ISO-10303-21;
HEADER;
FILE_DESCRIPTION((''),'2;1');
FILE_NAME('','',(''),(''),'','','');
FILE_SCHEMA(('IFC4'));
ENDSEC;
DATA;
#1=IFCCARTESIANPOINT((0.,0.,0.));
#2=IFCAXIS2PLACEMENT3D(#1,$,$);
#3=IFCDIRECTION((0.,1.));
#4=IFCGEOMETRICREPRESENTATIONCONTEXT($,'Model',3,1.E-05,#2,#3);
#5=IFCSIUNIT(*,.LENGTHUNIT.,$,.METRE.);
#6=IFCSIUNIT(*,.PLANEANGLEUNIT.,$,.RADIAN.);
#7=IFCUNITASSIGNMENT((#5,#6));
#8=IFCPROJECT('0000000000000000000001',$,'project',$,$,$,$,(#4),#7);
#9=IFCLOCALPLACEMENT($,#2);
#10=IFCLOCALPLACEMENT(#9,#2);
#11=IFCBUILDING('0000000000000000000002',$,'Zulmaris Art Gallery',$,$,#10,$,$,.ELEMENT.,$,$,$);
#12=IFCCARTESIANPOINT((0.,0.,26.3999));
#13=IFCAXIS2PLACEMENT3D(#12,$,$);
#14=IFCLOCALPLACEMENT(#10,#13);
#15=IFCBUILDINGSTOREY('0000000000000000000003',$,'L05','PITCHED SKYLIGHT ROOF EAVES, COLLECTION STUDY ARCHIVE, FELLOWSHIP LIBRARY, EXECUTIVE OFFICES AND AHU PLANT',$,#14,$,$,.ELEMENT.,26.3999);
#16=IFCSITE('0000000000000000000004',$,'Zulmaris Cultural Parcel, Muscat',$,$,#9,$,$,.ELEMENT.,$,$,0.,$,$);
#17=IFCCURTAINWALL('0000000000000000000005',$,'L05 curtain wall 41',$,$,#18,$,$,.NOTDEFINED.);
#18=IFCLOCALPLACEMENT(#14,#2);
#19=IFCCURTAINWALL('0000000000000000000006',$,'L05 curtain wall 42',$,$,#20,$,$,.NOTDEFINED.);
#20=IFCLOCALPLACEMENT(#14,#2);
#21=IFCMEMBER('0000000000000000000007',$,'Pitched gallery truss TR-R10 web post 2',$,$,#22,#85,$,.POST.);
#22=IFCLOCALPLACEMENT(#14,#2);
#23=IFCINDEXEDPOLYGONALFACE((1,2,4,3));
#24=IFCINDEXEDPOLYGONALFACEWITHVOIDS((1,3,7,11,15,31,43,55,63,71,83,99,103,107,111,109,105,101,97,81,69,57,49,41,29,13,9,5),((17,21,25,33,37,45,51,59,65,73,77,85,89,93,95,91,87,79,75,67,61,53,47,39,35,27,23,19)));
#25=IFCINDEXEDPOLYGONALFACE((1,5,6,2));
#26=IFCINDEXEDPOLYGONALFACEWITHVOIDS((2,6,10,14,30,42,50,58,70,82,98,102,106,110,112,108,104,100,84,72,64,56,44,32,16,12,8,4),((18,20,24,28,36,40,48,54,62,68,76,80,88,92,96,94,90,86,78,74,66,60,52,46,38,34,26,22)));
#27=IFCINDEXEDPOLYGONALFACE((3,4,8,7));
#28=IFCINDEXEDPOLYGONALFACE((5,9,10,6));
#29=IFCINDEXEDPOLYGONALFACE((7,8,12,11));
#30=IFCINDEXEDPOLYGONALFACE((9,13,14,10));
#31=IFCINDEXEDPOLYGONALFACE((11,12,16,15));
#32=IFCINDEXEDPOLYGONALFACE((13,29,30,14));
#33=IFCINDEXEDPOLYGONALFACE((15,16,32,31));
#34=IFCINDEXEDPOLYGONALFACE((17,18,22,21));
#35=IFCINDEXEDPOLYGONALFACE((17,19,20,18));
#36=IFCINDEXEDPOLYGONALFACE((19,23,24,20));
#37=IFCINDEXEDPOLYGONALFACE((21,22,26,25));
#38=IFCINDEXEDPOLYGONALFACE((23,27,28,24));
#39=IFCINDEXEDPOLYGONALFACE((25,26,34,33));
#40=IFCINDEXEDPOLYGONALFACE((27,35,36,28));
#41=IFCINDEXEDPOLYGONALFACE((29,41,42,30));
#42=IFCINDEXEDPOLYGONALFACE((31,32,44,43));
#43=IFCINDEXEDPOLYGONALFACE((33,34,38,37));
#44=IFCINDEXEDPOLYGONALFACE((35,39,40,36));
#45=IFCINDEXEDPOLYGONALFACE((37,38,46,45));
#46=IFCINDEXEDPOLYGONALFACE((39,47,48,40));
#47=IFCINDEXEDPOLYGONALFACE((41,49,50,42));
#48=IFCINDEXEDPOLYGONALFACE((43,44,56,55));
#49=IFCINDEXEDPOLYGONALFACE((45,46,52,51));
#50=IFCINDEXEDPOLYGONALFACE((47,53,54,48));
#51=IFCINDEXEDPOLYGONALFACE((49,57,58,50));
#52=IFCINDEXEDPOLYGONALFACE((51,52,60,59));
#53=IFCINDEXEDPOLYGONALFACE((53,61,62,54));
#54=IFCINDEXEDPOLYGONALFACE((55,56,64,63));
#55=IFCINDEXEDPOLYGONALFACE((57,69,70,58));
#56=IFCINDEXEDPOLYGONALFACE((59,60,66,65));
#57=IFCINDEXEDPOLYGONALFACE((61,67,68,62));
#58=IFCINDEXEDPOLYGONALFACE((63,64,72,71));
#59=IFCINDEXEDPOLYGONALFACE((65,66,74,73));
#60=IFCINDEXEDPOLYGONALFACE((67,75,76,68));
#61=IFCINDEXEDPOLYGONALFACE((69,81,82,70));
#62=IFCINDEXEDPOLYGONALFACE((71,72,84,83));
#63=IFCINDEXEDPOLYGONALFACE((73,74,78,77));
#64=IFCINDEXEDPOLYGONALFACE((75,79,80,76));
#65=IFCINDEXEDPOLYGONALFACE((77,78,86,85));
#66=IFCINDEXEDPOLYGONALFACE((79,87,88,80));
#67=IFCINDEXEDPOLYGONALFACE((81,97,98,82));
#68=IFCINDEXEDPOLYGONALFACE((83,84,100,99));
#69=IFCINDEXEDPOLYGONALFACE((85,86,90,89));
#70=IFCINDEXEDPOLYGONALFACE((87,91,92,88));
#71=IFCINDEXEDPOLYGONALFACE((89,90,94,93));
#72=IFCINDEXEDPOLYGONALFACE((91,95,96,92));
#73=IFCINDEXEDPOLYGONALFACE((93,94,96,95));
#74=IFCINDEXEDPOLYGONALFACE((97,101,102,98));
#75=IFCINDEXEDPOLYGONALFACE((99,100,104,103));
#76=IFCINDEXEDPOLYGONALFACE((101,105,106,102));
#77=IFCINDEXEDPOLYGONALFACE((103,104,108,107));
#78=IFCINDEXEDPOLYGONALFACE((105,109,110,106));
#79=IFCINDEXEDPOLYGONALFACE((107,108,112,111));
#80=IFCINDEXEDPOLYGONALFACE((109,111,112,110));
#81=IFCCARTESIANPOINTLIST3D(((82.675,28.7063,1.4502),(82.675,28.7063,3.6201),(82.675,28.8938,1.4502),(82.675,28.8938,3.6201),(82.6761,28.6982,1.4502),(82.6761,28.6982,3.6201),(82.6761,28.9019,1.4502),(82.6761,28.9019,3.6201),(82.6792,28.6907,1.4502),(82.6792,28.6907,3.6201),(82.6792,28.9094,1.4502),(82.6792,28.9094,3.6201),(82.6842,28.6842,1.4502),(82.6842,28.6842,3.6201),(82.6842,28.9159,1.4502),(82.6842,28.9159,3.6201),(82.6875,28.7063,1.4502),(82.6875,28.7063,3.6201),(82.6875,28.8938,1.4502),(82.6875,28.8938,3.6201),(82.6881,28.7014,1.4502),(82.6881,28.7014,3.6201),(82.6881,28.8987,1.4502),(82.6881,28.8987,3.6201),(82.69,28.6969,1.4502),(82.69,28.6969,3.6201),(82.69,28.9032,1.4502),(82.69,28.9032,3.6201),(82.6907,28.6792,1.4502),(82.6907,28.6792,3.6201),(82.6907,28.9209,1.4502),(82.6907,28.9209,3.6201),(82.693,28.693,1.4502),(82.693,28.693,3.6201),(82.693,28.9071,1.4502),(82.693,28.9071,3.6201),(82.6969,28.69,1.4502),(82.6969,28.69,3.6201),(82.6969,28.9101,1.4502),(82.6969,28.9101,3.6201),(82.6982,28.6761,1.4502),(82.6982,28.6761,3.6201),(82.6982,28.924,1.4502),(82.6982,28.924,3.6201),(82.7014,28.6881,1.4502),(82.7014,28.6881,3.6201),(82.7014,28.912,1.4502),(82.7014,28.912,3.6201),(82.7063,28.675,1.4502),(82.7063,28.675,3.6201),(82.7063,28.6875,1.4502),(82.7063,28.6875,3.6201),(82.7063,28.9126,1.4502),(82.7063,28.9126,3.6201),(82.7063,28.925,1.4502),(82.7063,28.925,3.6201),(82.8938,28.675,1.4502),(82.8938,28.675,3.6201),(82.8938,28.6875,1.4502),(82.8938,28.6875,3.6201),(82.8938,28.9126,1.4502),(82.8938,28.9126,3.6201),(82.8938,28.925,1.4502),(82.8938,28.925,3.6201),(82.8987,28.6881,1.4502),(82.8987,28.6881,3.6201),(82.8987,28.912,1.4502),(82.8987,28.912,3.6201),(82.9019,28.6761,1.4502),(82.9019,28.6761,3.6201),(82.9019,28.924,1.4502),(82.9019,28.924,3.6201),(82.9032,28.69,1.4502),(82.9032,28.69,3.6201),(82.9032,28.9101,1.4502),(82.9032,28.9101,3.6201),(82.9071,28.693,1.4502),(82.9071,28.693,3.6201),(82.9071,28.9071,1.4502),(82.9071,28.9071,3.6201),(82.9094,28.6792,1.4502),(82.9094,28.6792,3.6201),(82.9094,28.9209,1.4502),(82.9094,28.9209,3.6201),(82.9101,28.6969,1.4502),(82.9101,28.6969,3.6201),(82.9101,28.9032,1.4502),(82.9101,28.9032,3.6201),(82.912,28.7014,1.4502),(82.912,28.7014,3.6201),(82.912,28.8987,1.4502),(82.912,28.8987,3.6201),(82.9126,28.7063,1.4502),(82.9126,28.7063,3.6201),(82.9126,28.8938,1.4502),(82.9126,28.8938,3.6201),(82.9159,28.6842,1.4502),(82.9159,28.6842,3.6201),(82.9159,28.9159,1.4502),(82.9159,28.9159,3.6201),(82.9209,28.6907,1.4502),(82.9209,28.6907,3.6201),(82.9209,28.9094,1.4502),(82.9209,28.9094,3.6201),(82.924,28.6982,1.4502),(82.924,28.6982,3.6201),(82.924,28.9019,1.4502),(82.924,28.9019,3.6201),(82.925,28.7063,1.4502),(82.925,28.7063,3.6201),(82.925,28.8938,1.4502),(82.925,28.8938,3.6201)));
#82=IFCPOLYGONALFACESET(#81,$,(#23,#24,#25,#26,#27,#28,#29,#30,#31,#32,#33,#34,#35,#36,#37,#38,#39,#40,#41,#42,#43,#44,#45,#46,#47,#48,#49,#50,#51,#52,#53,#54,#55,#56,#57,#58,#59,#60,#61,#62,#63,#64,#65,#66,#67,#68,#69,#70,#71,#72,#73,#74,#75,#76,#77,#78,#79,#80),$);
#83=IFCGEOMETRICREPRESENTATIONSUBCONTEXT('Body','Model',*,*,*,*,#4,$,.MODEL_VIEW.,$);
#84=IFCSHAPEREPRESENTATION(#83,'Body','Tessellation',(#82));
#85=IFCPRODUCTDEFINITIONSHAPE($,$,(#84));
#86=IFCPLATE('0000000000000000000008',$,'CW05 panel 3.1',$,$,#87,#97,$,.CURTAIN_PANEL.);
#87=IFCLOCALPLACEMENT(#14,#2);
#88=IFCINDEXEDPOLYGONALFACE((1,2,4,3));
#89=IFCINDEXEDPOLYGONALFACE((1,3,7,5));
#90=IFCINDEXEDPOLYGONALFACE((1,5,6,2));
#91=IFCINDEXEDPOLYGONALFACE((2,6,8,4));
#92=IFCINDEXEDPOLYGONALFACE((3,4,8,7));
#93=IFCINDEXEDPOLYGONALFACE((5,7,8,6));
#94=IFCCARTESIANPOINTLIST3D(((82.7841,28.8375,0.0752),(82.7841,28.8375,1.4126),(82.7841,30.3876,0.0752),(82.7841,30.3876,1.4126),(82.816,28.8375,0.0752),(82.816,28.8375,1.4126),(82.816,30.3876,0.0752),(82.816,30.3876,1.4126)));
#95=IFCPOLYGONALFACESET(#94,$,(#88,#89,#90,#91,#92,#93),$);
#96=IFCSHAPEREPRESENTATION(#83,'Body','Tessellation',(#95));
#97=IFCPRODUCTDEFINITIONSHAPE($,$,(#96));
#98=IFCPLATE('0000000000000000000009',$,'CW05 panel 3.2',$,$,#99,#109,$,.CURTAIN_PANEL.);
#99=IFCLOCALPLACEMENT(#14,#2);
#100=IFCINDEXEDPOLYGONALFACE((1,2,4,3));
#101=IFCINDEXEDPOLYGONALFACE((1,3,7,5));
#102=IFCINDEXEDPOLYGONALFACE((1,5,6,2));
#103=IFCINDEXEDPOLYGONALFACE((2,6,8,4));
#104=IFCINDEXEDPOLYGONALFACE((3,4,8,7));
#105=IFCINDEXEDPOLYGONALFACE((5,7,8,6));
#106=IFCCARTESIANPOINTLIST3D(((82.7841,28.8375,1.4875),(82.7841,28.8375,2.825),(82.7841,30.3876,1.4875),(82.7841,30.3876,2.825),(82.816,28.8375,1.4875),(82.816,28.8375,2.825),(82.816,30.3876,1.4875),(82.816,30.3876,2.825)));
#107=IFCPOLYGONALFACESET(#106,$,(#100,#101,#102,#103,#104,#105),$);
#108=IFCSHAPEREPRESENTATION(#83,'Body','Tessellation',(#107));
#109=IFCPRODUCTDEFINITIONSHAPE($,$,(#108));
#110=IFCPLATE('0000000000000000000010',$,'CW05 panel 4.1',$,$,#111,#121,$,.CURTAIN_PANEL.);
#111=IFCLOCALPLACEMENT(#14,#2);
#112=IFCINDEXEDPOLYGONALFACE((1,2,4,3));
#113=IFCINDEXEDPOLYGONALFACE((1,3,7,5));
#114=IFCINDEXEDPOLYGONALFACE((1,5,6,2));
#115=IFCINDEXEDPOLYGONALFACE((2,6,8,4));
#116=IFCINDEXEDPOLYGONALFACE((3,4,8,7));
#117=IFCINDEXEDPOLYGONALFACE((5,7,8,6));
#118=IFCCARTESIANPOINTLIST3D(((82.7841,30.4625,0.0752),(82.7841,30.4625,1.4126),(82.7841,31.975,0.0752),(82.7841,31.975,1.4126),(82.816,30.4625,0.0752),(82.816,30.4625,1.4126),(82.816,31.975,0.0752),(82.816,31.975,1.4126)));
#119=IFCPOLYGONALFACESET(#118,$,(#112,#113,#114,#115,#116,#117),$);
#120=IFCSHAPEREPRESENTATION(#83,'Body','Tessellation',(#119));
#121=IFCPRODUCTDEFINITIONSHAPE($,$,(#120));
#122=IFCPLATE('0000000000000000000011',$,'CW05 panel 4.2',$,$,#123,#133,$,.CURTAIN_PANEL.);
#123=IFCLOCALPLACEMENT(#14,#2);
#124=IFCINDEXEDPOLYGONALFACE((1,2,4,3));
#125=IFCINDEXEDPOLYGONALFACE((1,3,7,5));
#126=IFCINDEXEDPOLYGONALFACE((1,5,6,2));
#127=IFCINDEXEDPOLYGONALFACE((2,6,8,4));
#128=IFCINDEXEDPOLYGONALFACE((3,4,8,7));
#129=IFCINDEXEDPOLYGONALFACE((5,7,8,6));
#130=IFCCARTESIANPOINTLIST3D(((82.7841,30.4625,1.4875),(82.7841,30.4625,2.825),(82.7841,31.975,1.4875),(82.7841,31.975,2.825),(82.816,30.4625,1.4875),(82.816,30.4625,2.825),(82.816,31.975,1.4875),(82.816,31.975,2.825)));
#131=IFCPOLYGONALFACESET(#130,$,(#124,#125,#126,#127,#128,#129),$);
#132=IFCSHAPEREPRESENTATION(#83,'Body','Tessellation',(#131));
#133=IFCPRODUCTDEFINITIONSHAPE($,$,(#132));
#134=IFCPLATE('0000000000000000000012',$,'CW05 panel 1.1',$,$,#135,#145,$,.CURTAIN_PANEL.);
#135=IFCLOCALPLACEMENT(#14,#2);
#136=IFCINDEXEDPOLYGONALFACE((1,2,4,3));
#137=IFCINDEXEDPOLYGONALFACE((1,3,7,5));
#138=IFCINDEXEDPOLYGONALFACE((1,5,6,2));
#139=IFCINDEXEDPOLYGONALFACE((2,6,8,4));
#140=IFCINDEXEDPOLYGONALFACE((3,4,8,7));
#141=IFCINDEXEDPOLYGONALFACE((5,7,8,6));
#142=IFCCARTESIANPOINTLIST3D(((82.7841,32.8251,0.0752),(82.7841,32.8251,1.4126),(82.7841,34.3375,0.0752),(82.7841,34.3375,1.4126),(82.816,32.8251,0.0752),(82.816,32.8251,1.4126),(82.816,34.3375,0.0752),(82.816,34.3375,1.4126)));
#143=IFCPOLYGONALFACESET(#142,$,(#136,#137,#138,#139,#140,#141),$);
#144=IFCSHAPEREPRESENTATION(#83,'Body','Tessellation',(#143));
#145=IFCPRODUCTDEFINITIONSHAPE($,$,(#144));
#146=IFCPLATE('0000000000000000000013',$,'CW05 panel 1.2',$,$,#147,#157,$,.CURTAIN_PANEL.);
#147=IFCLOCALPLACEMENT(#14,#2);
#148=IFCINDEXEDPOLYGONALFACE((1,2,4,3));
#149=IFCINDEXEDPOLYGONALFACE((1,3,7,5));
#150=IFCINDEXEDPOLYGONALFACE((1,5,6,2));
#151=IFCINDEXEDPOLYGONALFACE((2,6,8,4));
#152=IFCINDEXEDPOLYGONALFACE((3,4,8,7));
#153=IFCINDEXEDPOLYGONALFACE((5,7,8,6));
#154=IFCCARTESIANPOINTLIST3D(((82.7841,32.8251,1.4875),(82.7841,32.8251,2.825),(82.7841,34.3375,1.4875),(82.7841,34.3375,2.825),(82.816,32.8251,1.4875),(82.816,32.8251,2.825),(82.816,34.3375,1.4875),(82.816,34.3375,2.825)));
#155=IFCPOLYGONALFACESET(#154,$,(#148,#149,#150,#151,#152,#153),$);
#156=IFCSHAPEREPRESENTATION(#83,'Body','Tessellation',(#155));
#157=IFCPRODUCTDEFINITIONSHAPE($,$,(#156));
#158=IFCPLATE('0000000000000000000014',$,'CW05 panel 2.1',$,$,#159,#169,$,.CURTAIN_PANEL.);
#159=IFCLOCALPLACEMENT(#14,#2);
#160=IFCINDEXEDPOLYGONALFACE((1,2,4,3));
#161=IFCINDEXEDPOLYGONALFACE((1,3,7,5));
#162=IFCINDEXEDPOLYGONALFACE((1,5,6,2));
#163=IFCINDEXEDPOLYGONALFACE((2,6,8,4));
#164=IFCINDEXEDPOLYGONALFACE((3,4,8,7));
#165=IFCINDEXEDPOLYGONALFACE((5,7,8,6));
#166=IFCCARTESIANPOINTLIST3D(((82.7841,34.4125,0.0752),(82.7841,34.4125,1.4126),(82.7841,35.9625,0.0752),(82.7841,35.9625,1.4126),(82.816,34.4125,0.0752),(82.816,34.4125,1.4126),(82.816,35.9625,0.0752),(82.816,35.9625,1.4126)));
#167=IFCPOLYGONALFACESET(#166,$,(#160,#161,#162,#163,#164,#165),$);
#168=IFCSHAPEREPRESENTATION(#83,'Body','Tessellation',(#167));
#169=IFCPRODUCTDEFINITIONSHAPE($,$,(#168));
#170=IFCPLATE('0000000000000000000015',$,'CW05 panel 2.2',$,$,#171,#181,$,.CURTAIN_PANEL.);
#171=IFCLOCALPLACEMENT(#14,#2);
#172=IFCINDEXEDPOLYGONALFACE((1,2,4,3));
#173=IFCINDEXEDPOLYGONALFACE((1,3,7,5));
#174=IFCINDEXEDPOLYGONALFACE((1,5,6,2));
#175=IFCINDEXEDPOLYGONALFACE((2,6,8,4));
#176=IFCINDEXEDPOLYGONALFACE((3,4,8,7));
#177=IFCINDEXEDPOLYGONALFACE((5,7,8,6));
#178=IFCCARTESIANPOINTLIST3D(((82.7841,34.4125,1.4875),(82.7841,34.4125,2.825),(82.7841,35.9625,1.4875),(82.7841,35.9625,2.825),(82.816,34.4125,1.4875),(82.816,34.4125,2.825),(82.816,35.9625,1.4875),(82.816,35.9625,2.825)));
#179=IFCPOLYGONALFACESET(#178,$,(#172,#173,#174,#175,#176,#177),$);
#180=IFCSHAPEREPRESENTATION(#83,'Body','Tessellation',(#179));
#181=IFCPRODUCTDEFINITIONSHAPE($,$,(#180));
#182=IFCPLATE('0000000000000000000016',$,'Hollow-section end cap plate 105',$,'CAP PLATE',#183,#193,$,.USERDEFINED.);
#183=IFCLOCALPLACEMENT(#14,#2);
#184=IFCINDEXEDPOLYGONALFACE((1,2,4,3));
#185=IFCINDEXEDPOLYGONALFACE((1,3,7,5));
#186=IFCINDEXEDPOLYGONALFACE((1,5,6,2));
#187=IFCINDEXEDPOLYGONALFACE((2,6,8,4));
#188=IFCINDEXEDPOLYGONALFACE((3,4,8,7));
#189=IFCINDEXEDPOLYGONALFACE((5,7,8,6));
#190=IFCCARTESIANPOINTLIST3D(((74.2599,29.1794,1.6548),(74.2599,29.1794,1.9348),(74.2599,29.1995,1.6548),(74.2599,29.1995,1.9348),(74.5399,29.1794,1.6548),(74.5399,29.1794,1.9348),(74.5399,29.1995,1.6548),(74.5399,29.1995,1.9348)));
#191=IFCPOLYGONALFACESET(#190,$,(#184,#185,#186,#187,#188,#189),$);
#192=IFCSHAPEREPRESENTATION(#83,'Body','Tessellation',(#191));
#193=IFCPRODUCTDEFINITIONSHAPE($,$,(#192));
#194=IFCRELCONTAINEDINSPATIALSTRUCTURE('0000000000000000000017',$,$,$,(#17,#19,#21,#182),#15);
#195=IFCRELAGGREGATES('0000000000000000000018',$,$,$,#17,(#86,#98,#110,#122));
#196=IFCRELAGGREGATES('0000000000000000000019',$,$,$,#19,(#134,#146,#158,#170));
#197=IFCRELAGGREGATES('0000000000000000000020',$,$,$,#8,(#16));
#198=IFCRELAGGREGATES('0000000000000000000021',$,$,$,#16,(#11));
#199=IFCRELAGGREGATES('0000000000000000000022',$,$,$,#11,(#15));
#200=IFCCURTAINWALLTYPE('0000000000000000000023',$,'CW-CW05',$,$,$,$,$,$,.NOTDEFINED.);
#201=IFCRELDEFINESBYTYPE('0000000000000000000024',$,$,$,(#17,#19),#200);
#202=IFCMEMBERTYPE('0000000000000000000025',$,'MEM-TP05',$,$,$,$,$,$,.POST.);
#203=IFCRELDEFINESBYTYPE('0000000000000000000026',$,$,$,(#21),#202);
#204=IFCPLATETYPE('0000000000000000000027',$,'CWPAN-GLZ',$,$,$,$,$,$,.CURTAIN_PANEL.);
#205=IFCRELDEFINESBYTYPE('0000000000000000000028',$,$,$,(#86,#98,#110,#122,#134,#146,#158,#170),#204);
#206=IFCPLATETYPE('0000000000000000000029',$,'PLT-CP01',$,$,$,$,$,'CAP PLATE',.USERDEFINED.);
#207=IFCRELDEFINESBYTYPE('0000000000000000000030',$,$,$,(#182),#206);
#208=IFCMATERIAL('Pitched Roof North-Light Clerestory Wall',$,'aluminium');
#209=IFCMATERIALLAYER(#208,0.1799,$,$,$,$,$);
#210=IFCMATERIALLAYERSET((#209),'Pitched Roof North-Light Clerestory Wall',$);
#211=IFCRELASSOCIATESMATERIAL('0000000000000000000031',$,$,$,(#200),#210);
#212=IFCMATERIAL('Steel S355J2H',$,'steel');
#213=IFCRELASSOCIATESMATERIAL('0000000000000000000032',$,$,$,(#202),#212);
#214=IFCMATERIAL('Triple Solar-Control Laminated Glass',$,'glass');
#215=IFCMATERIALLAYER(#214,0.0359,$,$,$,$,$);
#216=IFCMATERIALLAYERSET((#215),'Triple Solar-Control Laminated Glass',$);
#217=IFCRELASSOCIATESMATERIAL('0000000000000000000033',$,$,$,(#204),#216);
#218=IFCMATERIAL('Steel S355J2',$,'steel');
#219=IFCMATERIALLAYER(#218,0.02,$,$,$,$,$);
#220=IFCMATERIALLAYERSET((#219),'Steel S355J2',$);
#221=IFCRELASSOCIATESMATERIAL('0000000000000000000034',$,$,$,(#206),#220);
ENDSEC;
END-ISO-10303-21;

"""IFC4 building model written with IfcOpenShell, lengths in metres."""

from ifc_helpers import new_model, si_unit, direction, frame, origin, origin_2d, place, context, subcontext, project, spatial, rectangle, hollow_rectangle, extrude, material, layer, layer_set, material_profile, profile_set, type_object, element, aggregate, save


model = new_model("IFC4")

# Units and contexts
model_context = context("Model", 3, precision=1e-05, world=origin(), true_north=direction((0.0, 1.0)))
body_context = subcontext(model_context, "Body", "Model", "MODEL_VIEW")
ifc_project = project(units=[si_unit("LENGTHUNIT", "METRE"), si_unit("PLANEANGLEUNIT", "RADIAN")], contexts=[model_context])

# Site, building, storey
site_placement = place(None, origin())
site = spatial("IfcSite", under=ifc_project, at=site_placement, Name="Zulmaris Cultural Parcel, Muscat", CompositionType="ELEMENT", RefElevation=0.0)
building_placement = place(site_placement, origin())
building = spatial("IfcBuilding", under=site, at=building_placement, Name="Zulmaris Art Gallery", CompositionType="ELEMENT")
storey_placement = place(building_placement, frame((0.0, 0.0, 26.3999)))
storey = spatial("IfcBuildingStorey", under=building, at=storey_placement, Name="L05", Description="PITCHED SKYLIGHT ROOF EAVES, COLLECTION STUDY ARCHIVE, FELLOWSHIP LIBRARY, EXECUTIVE OFFICES AND AHU PLANT", CompositionType="ELEMENT", Elevation=26.3999)

# Curtain walls
ifc_material_1 = material(Name="Pitched Roof North-Light Clerestory Wall", Category="aluminium")
ifc_layer_1 = layer(ifc_material_1, 0.1799)
ifc_layer_set_1 = layer_set([ifc_layer_1], Name="Pitched Roof North-Light Clerestory Wall")
curtain_wall_type = type_object("IfcCurtainWallType", Name="CW-CW05", PredefinedType="NOTDEFINED", material=ifc_layer_set_1)
curtain_wall_1_placement = place(storey_placement, origin())
curtain_wall_1 = element("IfcCurtainWall", 1, at=curtain_wall_1_placement, inside=storey, type_object=curtain_wall_type, Name="L05 curtain wall 41", PredefinedType="NOTDEFINED")
curtain_wall_2_placement = place(storey_placement, origin())
curtain_wall_2 = element("IfcCurtainWall", 2, at=curtain_wall_2_placement, inside=storey, type_object=curtain_wall_type, Name="L05 curtain wall 42", PredefinedType="NOTDEFINED")

# Member
ifc_material_2 = material(Name="Steel S355J2H", Category="steel")
ifc_material_profile_1 = material_profile(ifc_material_2, hollow_rectangle(XDim=0.25, YDim=0.25, WallThickness=0.0125, InnerFilletRadius=0.0188, OuterFilletRadius=0.0312, at=origin_2d()), Name="SHS 250x250x12.5")
ifc_profile_set_1 = profile_set([ifc_material_profile_1], Name="Steel S355J2H")
member_type_1 = type_object("IfcMemberType", Name="MEM-TP05", PredefinedType="POST", material=ifc_profile_set_1)
member_1_placement = place(storey_placement, frame((82.8, 28.8, 1.4502), z_axis=(0.0, 0.0, 1.0), x_axis=(1.0, 0.0, 0.0)))
element("IfcMember", 3, at=member_1_placement, inside=storey, type_object=member_type_1, Name="Pitched gallery truss TR-R10 web post 2", PredefinedType="POST", context=body_context, shape_type="SweptSolid", body=[
    extrude(hollow_rectangle(XDim=0.25, YDim=0.25, WallThickness=0.0125, InnerFilletRadius=0.0188, OuterFilletRadius=0.0312, at=origin_2d()), origin(), (0.0, 0.0, 1.0), 2.1699),
])

# Plates
ifc_material_3 = material(Name="Triple Solar-Control Laminated Glass", Category="glass")
ifc_layer_2 = layer(ifc_material_3, 0.0359)
ifc_layer_set_2 = layer_set([ifc_layer_2], Name="Triple Solar-Control Laminated Glass")
plate_type_1 = type_object("IfcPlateType", Name="CWPAN-GLZ", PredefinedType="CURTAIN_PANEL", material=ifc_layer_set_2)
plate_1_placement = place(storey_placement, frame((82.8, 29.6125, 0.0752), z_axis=(0.0, 0.0, 1.0), x_axis=(0.0, 1.0, 0.0)))
plate_1 = element("IfcPlate", 4, at=plate_1_placement, type_object=plate_type_1, Name="CW05 panel 3.1", PredefinedType="CURTAIN_PANEL", context=body_context, shape_type="SweptSolid", body=[
    extrude(rectangle(XDim=1.55, YDim=0.032, at=origin_2d()), origin(), (0.0, 0.0, 1.0), 1.3374),
])
plate_2_placement = place(storey_placement, frame((82.8, 29.6125, 1.4875), z_axis=(0.0, 0.0, 1.0), x_axis=(0.0, 1.0, 0.0)))
plate_2 = element("IfcPlate", 5, at=plate_2_placement, type_object=plate_type_1, Name="CW05 panel 3.2", PredefinedType="CURTAIN_PANEL", context=body_context, shape_type="SweptSolid", body=[
    extrude(rectangle(XDim=1.55, YDim=0.032, at=origin_2d()), origin(), (0.0, 0.0, 1.0), 1.3374),
])
plate_3_placement = place(storey_placement, frame((82.8, 31.2188, 0.0752), z_axis=(0.0, 0.0, 1.0), x_axis=(0.0, 1.0, 0.0)))
plate_3 = element("IfcPlate", 6, at=plate_3_placement, type_object=plate_type_1, Name="CW05 panel 4.1", PredefinedType="CURTAIN_PANEL", context=body_context, shape_type="SweptSolid", body=[
    extrude(rectangle(XDim=1.5125, YDim=0.032, at=origin_2d()), origin(), (0.0, 0.0, 1.0), 1.3374),
])
plate_4_placement = place(storey_placement, frame((82.8, 31.2188, 1.4875), z_axis=(0.0, 0.0, 1.0), x_axis=(0.0, 1.0, 0.0)))
plate_4 = element("IfcPlate", 7, at=plate_4_placement, type_object=plate_type_1, Name="CW05 panel 4.2", PredefinedType="CURTAIN_PANEL", context=body_context, shape_type="SweptSolid", body=[
    extrude(rectangle(XDim=1.5125, YDim=0.032, at=origin_2d()), origin(), (0.0, 0.0, 1.0), 1.3374),
])
aggregate(curtain_wall_1, [plate_1, plate_2, plate_3, plate_4])
plate_5_placement = place(storey_placement, frame((82.8, 33.5813, 0.0752), z_axis=(0.0, 0.0, 1.0), x_axis=(0.0, 1.0, 0.0)))
plate_5 = element("IfcPlate", 8, at=plate_5_placement, type_object=plate_type_1, Name="CW05 panel 1.1", PredefinedType="CURTAIN_PANEL", context=body_context, shape_type="SweptSolid", body=[
    extrude(rectangle(XDim=1.5125, YDim=0.032, at=origin_2d()), origin(), (0.0, 0.0, 1.0), 1.3374),
])
plate_6_placement = place(storey_placement, frame((82.8, 33.5813, 1.4875), z_axis=(0.0, 0.0, 1.0), x_axis=(0.0, 1.0, 0.0)))
plate_6 = element("IfcPlate", 9, at=plate_6_placement, type_object=plate_type_1, Name="CW05 panel 1.2", PredefinedType="CURTAIN_PANEL", context=body_context, shape_type="SweptSolid", body=[
    extrude(rectangle(XDim=1.5125, YDim=0.032, at=origin_2d()), origin(), (0.0, 0.0, 1.0), 1.3374),
])
plate_7_placement = place(storey_placement, frame((82.8, 35.1875, 0.0752), z_axis=(0.0, 0.0, 1.0), x_axis=(0.0, 1.0, 0.0)))
plate_7 = element("IfcPlate", 10, at=plate_7_placement, type_object=plate_type_1, Name="CW05 panel 2.1", PredefinedType="CURTAIN_PANEL", context=body_context, shape_type="SweptSolid", body=[
    extrude(rectangle(XDim=1.55, YDim=0.032, at=origin_2d()), origin(), (0.0, 0.0, 1.0), 1.3374),
])
plate_8_placement = place(storey_placement, frame((82.8, 35.1875, 1.4875), z_axis=(0.0, 0.0, 1.0), x_axis=(0.0, 1.0, 0.0)))
plate_8 = element("IfcPlate", 11, at=plate_8_placement, type_object=plate_type_1, Name="CW05 panel 2.2", PredefinedType="CURTAIN_PANEL", context=body_context, shape_type="SweptSolid", body=[
    extrude(rectangle(XDim=1.55, YDim=0.032, at=origin_2d()), origin(), (0.0, 0.0, 1.0), 1.3374),
])
aggregate(curtain_wall_2, [plate_5, plate_6, plate_7, plate_8])

# Plate
ifc_material_4 = material(Name="Steel S355J2", Category="steel")
ifc_layer_3 = layer(ifc_material_4, 0.02)
ifc_layer_set_3 = layer_set([ifc_layer_3], Name="Steel S355J2")
plate_type_2 = type_object("IfcPlateType", Name="PLT-CP01", ElementType="CAP PLATE", PredefinedType="USERDEFINED", material=ifc_layer_set_3)
for number, where, z_axis, x_axis, name in (
    (12, (74.3999, 29.1895, 1.6548), (0.0, 0.0, 1.0), (1.0, 0.0, 0.0), "Hollow-section end cap plate 105"),
):
    element("IfcPlate", number, at=place(storey_placement, frame(where, z_axis=z_axis, x_axis=x_axis)), inside=storey, type_object=plate_type_2, Name=name, ObjectType="CAP PLATE", PredefinedType="USERDEFINED", context=body_context, shape_type="SweptSolid", body=[
        extrude(rectangle(XDim=0.28, YDim=0.02, at=origin_2d()), origin(), (0.0, 0.0, 1.0), 0.28),
    ])

save(model, "model.ifc")
